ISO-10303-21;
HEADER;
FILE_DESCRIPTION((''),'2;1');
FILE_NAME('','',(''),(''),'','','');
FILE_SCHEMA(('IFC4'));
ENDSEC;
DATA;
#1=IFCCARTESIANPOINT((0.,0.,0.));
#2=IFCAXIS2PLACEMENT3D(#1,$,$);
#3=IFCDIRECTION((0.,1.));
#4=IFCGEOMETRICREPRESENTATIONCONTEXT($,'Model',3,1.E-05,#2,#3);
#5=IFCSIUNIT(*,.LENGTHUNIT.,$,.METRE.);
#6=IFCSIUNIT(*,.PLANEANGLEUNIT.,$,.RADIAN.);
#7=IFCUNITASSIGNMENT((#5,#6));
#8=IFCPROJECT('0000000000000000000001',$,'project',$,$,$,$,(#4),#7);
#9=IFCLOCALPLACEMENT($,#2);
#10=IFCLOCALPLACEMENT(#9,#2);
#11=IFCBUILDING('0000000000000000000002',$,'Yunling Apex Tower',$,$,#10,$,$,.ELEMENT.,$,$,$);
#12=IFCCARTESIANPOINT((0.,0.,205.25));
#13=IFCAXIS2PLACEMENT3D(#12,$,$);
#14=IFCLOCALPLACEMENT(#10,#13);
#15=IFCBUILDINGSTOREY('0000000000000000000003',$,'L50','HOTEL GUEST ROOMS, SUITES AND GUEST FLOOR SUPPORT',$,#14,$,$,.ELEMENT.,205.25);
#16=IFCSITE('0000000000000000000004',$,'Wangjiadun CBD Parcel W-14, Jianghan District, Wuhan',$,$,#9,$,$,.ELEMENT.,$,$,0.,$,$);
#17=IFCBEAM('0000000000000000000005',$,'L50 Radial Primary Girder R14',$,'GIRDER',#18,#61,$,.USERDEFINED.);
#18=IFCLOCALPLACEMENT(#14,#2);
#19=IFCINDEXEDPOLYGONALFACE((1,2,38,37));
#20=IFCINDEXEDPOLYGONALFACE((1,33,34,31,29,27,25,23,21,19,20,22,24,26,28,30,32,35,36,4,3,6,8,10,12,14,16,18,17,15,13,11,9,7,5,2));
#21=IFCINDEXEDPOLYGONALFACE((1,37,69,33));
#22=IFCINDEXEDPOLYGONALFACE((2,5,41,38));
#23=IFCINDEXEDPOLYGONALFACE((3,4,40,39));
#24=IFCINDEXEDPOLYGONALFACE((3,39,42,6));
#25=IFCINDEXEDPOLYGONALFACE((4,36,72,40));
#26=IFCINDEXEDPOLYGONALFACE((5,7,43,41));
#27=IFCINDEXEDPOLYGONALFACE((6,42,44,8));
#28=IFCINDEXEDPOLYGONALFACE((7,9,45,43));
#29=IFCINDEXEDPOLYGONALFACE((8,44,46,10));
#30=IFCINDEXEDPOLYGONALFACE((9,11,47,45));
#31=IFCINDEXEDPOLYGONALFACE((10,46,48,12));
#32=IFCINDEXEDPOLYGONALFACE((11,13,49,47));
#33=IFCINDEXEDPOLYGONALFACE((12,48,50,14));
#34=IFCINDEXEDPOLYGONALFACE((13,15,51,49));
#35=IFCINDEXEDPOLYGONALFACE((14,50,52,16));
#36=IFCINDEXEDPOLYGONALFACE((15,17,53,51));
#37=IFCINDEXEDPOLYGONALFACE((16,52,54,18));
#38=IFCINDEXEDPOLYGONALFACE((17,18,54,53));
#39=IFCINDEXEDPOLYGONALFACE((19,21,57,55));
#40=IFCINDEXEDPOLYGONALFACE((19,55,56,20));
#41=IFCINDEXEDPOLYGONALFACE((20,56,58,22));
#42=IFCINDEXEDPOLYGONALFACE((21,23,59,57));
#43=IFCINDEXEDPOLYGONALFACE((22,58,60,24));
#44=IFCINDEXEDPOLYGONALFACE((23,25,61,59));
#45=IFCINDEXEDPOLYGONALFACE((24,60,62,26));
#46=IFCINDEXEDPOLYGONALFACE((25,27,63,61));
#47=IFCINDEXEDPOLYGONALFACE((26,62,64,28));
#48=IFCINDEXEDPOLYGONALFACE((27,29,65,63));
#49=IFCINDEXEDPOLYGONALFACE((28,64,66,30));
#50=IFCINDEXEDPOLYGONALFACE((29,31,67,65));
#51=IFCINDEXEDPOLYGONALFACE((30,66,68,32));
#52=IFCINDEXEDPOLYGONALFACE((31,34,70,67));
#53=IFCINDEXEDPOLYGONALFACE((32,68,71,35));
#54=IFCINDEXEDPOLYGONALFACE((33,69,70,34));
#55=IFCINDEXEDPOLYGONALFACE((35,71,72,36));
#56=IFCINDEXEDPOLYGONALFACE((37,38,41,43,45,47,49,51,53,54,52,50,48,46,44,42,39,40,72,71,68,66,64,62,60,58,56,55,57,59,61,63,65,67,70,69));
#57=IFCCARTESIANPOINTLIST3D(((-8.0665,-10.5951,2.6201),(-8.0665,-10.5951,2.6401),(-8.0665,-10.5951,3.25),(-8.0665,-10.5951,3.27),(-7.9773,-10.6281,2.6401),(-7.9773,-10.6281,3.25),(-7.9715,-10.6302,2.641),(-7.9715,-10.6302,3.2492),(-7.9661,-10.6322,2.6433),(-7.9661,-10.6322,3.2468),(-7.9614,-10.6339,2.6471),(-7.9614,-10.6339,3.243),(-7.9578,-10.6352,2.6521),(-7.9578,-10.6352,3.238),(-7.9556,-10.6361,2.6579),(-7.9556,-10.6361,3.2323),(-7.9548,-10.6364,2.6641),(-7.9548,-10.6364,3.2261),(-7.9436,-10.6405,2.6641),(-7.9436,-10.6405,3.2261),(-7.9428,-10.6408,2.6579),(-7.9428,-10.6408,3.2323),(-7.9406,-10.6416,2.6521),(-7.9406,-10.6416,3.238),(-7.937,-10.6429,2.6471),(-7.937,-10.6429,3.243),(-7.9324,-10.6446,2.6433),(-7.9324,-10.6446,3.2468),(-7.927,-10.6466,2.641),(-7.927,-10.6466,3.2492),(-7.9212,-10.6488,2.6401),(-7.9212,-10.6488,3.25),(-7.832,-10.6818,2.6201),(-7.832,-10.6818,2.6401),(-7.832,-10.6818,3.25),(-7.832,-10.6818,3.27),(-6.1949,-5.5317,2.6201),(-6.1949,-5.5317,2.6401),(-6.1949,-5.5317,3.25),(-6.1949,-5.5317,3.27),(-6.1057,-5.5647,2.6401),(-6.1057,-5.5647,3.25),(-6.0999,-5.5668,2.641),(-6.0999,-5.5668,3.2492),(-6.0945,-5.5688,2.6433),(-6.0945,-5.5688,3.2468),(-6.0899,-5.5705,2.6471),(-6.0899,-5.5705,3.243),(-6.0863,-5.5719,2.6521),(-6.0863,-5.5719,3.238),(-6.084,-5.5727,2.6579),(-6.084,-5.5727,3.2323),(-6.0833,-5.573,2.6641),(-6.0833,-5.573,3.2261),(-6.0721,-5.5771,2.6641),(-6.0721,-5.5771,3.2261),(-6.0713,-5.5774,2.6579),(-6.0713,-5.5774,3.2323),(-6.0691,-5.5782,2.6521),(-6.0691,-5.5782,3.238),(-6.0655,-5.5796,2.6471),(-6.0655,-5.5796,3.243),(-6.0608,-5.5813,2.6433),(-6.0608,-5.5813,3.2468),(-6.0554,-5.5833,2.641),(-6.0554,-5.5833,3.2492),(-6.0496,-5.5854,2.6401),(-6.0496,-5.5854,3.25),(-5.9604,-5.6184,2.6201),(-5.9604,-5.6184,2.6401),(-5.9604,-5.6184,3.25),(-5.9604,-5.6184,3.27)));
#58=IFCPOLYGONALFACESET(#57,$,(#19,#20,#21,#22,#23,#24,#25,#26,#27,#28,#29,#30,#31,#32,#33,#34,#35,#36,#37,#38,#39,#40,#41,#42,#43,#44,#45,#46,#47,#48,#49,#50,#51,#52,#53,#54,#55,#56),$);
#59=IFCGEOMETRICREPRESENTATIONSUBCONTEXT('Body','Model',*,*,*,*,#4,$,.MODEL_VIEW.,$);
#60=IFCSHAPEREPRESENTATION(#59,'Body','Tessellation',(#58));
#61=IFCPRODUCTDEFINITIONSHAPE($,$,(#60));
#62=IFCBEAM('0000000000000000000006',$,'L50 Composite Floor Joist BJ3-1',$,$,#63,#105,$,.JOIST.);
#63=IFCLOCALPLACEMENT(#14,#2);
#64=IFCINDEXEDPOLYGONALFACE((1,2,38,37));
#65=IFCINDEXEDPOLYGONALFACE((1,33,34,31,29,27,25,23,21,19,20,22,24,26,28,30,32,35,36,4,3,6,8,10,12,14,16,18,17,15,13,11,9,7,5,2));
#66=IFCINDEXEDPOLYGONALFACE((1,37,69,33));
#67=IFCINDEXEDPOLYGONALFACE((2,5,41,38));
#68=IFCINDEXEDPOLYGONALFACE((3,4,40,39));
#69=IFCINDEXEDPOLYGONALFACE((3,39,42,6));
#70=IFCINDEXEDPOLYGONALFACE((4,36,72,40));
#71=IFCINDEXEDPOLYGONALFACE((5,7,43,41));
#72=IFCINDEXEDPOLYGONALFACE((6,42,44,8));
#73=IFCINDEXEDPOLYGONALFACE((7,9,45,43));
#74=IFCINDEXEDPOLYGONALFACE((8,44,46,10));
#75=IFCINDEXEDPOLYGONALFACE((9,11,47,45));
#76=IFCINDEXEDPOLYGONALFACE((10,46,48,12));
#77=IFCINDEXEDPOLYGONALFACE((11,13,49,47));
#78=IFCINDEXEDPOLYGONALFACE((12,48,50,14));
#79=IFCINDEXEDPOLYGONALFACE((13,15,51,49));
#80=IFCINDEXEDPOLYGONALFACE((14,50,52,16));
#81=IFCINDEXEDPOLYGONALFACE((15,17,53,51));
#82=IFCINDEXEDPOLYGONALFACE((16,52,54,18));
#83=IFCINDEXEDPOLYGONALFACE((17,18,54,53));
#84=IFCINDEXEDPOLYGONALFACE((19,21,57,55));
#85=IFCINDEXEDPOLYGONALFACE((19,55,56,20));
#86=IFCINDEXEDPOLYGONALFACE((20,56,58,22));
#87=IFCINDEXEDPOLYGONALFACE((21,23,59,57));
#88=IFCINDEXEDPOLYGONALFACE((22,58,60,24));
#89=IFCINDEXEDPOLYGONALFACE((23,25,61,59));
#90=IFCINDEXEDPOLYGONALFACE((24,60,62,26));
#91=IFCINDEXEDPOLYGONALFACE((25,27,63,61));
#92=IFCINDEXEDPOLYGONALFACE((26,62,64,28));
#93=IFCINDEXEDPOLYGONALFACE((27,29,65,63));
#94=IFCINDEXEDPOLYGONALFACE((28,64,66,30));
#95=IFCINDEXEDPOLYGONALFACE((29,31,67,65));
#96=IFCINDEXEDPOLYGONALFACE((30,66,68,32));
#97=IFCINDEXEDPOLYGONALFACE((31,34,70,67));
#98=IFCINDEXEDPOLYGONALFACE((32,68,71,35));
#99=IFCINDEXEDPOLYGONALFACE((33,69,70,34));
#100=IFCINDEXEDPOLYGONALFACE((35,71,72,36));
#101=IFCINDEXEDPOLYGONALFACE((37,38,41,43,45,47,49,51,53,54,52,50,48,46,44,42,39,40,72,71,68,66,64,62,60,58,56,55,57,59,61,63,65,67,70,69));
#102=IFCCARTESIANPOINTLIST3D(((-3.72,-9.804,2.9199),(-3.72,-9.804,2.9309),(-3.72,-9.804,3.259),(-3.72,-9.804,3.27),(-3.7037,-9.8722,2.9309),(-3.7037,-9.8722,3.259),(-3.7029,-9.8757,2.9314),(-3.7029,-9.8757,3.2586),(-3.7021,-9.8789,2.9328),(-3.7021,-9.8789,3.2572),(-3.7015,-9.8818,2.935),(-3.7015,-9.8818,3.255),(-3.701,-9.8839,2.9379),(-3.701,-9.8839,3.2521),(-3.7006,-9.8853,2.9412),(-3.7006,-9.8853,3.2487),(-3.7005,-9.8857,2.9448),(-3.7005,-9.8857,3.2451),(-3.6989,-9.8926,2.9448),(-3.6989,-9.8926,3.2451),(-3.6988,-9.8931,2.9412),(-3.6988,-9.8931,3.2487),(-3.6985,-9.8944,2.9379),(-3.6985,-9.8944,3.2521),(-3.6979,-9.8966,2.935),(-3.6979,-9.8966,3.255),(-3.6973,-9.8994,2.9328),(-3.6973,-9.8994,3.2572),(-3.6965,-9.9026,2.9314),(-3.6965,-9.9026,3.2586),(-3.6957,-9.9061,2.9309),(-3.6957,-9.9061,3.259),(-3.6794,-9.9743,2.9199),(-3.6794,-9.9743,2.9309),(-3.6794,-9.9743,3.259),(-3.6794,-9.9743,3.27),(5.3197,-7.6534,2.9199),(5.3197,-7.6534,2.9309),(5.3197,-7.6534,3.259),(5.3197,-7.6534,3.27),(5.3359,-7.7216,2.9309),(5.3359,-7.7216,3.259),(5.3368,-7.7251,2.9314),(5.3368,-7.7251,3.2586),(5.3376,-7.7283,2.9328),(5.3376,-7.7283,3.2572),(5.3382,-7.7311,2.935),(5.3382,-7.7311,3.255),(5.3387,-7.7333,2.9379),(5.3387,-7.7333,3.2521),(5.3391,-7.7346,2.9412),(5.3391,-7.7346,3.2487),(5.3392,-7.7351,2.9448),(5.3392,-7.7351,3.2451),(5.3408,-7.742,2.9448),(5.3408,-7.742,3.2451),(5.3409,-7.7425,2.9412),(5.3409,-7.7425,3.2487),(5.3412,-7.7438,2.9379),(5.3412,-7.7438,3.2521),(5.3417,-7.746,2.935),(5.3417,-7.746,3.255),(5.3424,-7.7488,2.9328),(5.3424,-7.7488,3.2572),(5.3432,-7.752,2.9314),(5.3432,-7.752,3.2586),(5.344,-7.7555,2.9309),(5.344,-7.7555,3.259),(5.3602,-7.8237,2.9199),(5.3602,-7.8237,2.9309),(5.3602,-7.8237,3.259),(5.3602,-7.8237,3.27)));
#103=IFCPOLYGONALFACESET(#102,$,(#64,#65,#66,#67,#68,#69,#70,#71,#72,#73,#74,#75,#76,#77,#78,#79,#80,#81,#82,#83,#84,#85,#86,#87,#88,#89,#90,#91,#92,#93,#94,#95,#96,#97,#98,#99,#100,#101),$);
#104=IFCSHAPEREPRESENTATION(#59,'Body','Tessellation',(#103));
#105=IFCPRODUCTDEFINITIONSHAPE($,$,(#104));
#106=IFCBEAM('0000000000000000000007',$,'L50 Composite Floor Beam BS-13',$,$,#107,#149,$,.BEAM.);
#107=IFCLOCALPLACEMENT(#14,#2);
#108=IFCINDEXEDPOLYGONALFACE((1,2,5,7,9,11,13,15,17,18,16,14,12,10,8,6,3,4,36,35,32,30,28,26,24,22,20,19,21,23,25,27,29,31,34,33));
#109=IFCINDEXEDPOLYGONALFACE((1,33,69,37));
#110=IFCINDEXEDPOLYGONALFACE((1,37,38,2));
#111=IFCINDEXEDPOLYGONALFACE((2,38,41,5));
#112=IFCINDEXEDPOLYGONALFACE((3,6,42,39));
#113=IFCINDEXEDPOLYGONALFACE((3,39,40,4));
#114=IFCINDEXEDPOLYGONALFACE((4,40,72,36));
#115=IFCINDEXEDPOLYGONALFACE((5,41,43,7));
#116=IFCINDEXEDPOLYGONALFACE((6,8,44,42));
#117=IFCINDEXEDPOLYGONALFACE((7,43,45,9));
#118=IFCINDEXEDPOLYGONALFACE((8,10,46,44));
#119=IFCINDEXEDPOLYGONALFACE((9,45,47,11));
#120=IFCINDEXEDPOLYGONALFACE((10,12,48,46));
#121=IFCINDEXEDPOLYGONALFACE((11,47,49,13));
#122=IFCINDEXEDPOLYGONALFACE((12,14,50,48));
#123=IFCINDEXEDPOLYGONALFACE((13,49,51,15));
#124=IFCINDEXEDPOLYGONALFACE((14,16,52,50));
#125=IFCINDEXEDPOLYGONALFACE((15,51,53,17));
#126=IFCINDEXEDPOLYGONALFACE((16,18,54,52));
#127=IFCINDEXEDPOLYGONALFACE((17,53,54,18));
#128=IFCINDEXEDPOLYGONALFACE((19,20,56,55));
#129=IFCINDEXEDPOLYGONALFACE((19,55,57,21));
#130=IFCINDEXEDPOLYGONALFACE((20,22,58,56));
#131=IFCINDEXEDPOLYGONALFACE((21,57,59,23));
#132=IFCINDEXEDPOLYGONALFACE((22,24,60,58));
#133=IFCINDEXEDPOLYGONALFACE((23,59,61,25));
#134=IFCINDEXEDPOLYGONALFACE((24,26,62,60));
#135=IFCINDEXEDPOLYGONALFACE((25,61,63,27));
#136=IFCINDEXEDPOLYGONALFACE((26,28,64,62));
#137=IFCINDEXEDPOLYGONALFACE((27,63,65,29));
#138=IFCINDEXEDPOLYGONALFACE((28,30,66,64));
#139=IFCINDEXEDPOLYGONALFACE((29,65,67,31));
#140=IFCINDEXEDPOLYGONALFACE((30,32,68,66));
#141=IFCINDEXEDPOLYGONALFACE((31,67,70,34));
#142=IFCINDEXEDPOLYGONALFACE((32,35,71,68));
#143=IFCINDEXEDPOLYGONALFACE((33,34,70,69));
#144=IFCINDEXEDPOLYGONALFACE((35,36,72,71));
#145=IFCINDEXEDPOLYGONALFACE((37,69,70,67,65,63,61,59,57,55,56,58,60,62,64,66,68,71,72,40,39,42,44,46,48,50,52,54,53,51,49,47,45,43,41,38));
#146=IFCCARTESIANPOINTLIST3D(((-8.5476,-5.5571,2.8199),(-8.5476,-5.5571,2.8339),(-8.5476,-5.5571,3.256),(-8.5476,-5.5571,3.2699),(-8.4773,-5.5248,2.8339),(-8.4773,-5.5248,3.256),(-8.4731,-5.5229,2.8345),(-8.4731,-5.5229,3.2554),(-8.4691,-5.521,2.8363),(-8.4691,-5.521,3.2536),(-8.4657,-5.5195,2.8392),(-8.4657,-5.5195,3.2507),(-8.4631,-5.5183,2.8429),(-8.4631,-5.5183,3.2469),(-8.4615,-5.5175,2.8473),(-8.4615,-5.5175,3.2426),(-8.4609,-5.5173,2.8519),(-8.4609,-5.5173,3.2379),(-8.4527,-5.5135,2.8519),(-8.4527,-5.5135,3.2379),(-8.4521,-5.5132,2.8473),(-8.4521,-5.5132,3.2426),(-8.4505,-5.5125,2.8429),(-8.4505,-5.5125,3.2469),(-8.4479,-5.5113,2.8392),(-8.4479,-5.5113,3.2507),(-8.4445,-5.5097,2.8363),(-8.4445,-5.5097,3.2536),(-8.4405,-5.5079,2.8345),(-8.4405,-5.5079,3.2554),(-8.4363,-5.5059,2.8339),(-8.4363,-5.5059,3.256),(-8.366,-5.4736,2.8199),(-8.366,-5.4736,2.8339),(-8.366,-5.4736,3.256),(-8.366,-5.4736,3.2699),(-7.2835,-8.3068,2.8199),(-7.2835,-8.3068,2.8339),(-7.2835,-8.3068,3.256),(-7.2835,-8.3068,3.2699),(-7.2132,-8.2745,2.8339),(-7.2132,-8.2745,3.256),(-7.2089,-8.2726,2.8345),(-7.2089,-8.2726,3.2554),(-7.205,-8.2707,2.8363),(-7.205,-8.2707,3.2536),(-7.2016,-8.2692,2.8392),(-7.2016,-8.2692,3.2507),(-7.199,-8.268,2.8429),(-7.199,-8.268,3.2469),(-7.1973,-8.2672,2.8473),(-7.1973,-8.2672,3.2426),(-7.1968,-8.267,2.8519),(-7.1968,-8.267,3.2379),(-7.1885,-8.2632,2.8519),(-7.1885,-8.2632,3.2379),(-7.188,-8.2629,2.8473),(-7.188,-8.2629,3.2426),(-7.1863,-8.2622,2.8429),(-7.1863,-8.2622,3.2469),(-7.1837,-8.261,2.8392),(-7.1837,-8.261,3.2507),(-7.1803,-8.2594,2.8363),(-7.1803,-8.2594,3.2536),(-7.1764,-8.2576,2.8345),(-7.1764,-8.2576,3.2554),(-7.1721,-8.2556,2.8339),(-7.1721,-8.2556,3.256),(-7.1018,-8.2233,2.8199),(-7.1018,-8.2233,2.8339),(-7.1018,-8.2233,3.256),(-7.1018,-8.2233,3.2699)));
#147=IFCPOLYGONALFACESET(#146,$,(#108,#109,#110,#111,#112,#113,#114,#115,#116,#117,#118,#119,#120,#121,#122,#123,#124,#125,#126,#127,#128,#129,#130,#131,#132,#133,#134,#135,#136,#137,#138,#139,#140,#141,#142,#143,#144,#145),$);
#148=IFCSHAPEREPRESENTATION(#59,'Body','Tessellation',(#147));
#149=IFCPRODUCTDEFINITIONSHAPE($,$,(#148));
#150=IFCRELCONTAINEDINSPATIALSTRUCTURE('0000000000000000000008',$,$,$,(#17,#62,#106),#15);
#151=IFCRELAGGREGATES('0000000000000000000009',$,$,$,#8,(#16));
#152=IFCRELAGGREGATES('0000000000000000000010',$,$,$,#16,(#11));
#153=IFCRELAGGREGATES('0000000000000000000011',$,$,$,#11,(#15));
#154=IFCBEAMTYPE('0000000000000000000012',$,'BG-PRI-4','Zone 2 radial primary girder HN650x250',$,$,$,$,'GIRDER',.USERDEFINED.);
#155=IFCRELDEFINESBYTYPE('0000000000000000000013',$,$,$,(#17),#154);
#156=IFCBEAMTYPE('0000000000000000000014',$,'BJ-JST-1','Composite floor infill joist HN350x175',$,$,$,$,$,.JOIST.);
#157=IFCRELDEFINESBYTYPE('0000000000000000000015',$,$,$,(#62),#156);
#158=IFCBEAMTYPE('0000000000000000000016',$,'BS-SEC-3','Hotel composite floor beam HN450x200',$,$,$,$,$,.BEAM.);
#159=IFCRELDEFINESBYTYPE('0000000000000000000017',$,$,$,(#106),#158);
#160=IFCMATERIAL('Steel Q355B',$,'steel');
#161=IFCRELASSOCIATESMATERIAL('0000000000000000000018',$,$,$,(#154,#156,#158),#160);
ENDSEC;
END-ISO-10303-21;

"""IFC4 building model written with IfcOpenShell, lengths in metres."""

from ifc_helpers import new_model, si_unit, direction, frame, origin, origin_2d, place, context, subcontext, project, spatial, i_section, extrude, source, transform, mapped, material, material_profile, profile_set, type_object, element, save


model = new_model("IFC4")

# Units and contexts
model_context = context("Model", 3, precision=1e-05, world=origin(), true_north=direction((0.0, 1.0)))
body_context = subcontext(model_context, "Body", "Model", "MODEL_VIEW")
ifc_project = project(units=[si_unit("LENGTHUNIT", "METRE"), si_unit("PLANEANGLEUNIT", "RADIAN")], contexts=[model_context])

# Site, building, storey
site_placement = place(None, origin())
site = spatial("IfcSite", under=ifc_project, at=site_placement, Name="Wangjiadun CBD Parcel W-14, Jianghan District, Wuhan", CompositionType="ELEMENT", RefElevation=0.0)
building_placement = place(site_placement, origin())
building = spatial("IfcBuilding", under=site, at=building_placement, Name="Yunling Apex Tower", CompositionType="ELEMENT")
storey_placement = place(building_placement, frame((0.0, 0.0, 205.25)))
storey = spatial("IfcBuildingStorey", under=building, at=storey_placement, Name="L50", Description="HOTEL GUEST ROOMS, SUITES AND GUEST FLOOR SUPPORT", CompositionType="ELEMENT", Elevation=205.25)

# Beams
ifc_material_1 = material(Name="Steel Q355B", Category="steel")
ifc_material_profile_1 = material_profile(ifc_material_1, i_section(OverallWidth=0.25, OverallDepth=0.6499, WebThickness=0.012, FlangeThickness=0.02, FilletRadius=0.0239, at=origin_2d()))
ifc_profile_set_1 = profile_set([ifc_material_profile_1], Name="Steel Q355B")
beam_type_1 = type_object("IfcBeamType", Name="BG-PRI-4", Description="Zone 2 radial primary girder HN650x250", ElementType="GIRDER", PredefinedType="USERDEFINED", material=ifc_profile_set_1)
shared_shape_1 = source(origin(), body_context, "Body", "SweptSolid", [
    extrude(i_section(OverallWidth=0.25, OverallDepth=0.6499, WebThickness=0.012, FlangeThickness=0.02, FilletRadius=0.0239, at=origin_2d()), origin(), (0.0, 0.0, 1.0), 5.3982),
])
beam_1_placement = place(storey_placement, frame((-7.9492, -10.6384, 2.9451), z_axis=(0.346699, 0.937977, 0.0), x_axis=(-0.937977, 0.346699, 0.0)))
element("IfcBeam", 1, at=beam_1_placement, inside=storey, type_object=beam_type_1, Name="L50 Radial Primary Girder R14", ObjectType="GIRDER", PredefinedType="USERDEFINED", context=body_context, shape_type="MappedRepresentation", body=[
    mapped(shared_shape_1, transform((0.0, 0.0, 0.0), scale=1.0)),
])
ifc_material_profile_2 = material_profile(ifc_material_1, i_section(OverallWidth=0.175, OverallDepth=0.3501, WebThickness=0.0071, FlangeThickness=0.011, FilletRadius=0.0139, at=origin_2d()))
ifc_profile_set_2 = profile_set([ifc_material_profile_2], Name="Steel Q355B")
beam_type_2 = type_object("IfcBeamType", Name="BJ-JST-1", Description="Composite floor infill joist HN350x175", PredefinedType="JOIST", material=ifc_profile_set_2)
shared_shape_2 = source(origin(), body_context, "Body", "SweptSolid", [
    extrude(i_section(OverallWidth=0.175, OverallDepth=0.3501, WebThickness=0.0071, FlangeThickness=0.011, FilletRadius=0.0139, at=origin_2d()), origin(), (0.0, 0.0, 1.0), 9.292),
])
beam_2_placement = place(storey_placement, frame((-3.6997, -9.8892, 3.095), z_axis=(0.972847, 0.231448, 0.0), x_axis=(-0.231448, 0.972847, 0.0)))
element("IfcBeam", 2, at=beam_2_placement, inside=storey, type_object=beam_type_2, Name="L50 Composite Floor Joist BJ3-1", PredefinedType="JOIST", context=body_context, shape_type="MappedRepresentation", body=[
    mapped(shared_shape_2, transform((0.0, 0.0, 0.0), scale=1.0)),
])
ifc_material_profile_3 = material_profile(ifc_material_1, i_section(OverallWidth=0.2, OverallDepth=0.45, WebThickness=0.009, FlangeThickness=0.0139, FilletRadius=0.0181, at=origin_2d()))
ifc_profile_set_3 = profile_set([ifc_material_profile_3], Name="Steel Q355B")
beam_type_3 = type_object("IfcBeamType", Name="BS-SEC-3", Description="Hotel composite floor beam HN450x200", PredefinedType="BEAM", material=ifc_profile_set_3)
shared_shape_3 = source(origin(), body_context, "Body", "SweptSolid", [
    extrude(i_section(OverallWidth=0.2, OverallDepth=0.45, WebThickness=0.009, FlangeThickness=0.0139, FilletRadius=0.0181, at=origin_2d()), origin(), (0.0, 0.0, 1.0), 3.0264),
])
beam_3_placement = place(storey_placement, frame((-8.4568, -5.5154, 3.0449), z_axis=(0.417707, -0.908582, 0.0), x_axis=(0.908582, 0.417707, 0.0)))
element("IfcBeam", 3, at=beam_3_placement, inside=storey, type_object=beam_type_3, Name="L50 Composite Floor Beam BS-13", PredefinedType="BEAM", context=body_context, shape_type="MappedRepresentation", body=[
    mapped(shared_shape_3, transform((0.0, 0.0, 0.0), scale=1.0)),
])

save(model, "model.ifc")
